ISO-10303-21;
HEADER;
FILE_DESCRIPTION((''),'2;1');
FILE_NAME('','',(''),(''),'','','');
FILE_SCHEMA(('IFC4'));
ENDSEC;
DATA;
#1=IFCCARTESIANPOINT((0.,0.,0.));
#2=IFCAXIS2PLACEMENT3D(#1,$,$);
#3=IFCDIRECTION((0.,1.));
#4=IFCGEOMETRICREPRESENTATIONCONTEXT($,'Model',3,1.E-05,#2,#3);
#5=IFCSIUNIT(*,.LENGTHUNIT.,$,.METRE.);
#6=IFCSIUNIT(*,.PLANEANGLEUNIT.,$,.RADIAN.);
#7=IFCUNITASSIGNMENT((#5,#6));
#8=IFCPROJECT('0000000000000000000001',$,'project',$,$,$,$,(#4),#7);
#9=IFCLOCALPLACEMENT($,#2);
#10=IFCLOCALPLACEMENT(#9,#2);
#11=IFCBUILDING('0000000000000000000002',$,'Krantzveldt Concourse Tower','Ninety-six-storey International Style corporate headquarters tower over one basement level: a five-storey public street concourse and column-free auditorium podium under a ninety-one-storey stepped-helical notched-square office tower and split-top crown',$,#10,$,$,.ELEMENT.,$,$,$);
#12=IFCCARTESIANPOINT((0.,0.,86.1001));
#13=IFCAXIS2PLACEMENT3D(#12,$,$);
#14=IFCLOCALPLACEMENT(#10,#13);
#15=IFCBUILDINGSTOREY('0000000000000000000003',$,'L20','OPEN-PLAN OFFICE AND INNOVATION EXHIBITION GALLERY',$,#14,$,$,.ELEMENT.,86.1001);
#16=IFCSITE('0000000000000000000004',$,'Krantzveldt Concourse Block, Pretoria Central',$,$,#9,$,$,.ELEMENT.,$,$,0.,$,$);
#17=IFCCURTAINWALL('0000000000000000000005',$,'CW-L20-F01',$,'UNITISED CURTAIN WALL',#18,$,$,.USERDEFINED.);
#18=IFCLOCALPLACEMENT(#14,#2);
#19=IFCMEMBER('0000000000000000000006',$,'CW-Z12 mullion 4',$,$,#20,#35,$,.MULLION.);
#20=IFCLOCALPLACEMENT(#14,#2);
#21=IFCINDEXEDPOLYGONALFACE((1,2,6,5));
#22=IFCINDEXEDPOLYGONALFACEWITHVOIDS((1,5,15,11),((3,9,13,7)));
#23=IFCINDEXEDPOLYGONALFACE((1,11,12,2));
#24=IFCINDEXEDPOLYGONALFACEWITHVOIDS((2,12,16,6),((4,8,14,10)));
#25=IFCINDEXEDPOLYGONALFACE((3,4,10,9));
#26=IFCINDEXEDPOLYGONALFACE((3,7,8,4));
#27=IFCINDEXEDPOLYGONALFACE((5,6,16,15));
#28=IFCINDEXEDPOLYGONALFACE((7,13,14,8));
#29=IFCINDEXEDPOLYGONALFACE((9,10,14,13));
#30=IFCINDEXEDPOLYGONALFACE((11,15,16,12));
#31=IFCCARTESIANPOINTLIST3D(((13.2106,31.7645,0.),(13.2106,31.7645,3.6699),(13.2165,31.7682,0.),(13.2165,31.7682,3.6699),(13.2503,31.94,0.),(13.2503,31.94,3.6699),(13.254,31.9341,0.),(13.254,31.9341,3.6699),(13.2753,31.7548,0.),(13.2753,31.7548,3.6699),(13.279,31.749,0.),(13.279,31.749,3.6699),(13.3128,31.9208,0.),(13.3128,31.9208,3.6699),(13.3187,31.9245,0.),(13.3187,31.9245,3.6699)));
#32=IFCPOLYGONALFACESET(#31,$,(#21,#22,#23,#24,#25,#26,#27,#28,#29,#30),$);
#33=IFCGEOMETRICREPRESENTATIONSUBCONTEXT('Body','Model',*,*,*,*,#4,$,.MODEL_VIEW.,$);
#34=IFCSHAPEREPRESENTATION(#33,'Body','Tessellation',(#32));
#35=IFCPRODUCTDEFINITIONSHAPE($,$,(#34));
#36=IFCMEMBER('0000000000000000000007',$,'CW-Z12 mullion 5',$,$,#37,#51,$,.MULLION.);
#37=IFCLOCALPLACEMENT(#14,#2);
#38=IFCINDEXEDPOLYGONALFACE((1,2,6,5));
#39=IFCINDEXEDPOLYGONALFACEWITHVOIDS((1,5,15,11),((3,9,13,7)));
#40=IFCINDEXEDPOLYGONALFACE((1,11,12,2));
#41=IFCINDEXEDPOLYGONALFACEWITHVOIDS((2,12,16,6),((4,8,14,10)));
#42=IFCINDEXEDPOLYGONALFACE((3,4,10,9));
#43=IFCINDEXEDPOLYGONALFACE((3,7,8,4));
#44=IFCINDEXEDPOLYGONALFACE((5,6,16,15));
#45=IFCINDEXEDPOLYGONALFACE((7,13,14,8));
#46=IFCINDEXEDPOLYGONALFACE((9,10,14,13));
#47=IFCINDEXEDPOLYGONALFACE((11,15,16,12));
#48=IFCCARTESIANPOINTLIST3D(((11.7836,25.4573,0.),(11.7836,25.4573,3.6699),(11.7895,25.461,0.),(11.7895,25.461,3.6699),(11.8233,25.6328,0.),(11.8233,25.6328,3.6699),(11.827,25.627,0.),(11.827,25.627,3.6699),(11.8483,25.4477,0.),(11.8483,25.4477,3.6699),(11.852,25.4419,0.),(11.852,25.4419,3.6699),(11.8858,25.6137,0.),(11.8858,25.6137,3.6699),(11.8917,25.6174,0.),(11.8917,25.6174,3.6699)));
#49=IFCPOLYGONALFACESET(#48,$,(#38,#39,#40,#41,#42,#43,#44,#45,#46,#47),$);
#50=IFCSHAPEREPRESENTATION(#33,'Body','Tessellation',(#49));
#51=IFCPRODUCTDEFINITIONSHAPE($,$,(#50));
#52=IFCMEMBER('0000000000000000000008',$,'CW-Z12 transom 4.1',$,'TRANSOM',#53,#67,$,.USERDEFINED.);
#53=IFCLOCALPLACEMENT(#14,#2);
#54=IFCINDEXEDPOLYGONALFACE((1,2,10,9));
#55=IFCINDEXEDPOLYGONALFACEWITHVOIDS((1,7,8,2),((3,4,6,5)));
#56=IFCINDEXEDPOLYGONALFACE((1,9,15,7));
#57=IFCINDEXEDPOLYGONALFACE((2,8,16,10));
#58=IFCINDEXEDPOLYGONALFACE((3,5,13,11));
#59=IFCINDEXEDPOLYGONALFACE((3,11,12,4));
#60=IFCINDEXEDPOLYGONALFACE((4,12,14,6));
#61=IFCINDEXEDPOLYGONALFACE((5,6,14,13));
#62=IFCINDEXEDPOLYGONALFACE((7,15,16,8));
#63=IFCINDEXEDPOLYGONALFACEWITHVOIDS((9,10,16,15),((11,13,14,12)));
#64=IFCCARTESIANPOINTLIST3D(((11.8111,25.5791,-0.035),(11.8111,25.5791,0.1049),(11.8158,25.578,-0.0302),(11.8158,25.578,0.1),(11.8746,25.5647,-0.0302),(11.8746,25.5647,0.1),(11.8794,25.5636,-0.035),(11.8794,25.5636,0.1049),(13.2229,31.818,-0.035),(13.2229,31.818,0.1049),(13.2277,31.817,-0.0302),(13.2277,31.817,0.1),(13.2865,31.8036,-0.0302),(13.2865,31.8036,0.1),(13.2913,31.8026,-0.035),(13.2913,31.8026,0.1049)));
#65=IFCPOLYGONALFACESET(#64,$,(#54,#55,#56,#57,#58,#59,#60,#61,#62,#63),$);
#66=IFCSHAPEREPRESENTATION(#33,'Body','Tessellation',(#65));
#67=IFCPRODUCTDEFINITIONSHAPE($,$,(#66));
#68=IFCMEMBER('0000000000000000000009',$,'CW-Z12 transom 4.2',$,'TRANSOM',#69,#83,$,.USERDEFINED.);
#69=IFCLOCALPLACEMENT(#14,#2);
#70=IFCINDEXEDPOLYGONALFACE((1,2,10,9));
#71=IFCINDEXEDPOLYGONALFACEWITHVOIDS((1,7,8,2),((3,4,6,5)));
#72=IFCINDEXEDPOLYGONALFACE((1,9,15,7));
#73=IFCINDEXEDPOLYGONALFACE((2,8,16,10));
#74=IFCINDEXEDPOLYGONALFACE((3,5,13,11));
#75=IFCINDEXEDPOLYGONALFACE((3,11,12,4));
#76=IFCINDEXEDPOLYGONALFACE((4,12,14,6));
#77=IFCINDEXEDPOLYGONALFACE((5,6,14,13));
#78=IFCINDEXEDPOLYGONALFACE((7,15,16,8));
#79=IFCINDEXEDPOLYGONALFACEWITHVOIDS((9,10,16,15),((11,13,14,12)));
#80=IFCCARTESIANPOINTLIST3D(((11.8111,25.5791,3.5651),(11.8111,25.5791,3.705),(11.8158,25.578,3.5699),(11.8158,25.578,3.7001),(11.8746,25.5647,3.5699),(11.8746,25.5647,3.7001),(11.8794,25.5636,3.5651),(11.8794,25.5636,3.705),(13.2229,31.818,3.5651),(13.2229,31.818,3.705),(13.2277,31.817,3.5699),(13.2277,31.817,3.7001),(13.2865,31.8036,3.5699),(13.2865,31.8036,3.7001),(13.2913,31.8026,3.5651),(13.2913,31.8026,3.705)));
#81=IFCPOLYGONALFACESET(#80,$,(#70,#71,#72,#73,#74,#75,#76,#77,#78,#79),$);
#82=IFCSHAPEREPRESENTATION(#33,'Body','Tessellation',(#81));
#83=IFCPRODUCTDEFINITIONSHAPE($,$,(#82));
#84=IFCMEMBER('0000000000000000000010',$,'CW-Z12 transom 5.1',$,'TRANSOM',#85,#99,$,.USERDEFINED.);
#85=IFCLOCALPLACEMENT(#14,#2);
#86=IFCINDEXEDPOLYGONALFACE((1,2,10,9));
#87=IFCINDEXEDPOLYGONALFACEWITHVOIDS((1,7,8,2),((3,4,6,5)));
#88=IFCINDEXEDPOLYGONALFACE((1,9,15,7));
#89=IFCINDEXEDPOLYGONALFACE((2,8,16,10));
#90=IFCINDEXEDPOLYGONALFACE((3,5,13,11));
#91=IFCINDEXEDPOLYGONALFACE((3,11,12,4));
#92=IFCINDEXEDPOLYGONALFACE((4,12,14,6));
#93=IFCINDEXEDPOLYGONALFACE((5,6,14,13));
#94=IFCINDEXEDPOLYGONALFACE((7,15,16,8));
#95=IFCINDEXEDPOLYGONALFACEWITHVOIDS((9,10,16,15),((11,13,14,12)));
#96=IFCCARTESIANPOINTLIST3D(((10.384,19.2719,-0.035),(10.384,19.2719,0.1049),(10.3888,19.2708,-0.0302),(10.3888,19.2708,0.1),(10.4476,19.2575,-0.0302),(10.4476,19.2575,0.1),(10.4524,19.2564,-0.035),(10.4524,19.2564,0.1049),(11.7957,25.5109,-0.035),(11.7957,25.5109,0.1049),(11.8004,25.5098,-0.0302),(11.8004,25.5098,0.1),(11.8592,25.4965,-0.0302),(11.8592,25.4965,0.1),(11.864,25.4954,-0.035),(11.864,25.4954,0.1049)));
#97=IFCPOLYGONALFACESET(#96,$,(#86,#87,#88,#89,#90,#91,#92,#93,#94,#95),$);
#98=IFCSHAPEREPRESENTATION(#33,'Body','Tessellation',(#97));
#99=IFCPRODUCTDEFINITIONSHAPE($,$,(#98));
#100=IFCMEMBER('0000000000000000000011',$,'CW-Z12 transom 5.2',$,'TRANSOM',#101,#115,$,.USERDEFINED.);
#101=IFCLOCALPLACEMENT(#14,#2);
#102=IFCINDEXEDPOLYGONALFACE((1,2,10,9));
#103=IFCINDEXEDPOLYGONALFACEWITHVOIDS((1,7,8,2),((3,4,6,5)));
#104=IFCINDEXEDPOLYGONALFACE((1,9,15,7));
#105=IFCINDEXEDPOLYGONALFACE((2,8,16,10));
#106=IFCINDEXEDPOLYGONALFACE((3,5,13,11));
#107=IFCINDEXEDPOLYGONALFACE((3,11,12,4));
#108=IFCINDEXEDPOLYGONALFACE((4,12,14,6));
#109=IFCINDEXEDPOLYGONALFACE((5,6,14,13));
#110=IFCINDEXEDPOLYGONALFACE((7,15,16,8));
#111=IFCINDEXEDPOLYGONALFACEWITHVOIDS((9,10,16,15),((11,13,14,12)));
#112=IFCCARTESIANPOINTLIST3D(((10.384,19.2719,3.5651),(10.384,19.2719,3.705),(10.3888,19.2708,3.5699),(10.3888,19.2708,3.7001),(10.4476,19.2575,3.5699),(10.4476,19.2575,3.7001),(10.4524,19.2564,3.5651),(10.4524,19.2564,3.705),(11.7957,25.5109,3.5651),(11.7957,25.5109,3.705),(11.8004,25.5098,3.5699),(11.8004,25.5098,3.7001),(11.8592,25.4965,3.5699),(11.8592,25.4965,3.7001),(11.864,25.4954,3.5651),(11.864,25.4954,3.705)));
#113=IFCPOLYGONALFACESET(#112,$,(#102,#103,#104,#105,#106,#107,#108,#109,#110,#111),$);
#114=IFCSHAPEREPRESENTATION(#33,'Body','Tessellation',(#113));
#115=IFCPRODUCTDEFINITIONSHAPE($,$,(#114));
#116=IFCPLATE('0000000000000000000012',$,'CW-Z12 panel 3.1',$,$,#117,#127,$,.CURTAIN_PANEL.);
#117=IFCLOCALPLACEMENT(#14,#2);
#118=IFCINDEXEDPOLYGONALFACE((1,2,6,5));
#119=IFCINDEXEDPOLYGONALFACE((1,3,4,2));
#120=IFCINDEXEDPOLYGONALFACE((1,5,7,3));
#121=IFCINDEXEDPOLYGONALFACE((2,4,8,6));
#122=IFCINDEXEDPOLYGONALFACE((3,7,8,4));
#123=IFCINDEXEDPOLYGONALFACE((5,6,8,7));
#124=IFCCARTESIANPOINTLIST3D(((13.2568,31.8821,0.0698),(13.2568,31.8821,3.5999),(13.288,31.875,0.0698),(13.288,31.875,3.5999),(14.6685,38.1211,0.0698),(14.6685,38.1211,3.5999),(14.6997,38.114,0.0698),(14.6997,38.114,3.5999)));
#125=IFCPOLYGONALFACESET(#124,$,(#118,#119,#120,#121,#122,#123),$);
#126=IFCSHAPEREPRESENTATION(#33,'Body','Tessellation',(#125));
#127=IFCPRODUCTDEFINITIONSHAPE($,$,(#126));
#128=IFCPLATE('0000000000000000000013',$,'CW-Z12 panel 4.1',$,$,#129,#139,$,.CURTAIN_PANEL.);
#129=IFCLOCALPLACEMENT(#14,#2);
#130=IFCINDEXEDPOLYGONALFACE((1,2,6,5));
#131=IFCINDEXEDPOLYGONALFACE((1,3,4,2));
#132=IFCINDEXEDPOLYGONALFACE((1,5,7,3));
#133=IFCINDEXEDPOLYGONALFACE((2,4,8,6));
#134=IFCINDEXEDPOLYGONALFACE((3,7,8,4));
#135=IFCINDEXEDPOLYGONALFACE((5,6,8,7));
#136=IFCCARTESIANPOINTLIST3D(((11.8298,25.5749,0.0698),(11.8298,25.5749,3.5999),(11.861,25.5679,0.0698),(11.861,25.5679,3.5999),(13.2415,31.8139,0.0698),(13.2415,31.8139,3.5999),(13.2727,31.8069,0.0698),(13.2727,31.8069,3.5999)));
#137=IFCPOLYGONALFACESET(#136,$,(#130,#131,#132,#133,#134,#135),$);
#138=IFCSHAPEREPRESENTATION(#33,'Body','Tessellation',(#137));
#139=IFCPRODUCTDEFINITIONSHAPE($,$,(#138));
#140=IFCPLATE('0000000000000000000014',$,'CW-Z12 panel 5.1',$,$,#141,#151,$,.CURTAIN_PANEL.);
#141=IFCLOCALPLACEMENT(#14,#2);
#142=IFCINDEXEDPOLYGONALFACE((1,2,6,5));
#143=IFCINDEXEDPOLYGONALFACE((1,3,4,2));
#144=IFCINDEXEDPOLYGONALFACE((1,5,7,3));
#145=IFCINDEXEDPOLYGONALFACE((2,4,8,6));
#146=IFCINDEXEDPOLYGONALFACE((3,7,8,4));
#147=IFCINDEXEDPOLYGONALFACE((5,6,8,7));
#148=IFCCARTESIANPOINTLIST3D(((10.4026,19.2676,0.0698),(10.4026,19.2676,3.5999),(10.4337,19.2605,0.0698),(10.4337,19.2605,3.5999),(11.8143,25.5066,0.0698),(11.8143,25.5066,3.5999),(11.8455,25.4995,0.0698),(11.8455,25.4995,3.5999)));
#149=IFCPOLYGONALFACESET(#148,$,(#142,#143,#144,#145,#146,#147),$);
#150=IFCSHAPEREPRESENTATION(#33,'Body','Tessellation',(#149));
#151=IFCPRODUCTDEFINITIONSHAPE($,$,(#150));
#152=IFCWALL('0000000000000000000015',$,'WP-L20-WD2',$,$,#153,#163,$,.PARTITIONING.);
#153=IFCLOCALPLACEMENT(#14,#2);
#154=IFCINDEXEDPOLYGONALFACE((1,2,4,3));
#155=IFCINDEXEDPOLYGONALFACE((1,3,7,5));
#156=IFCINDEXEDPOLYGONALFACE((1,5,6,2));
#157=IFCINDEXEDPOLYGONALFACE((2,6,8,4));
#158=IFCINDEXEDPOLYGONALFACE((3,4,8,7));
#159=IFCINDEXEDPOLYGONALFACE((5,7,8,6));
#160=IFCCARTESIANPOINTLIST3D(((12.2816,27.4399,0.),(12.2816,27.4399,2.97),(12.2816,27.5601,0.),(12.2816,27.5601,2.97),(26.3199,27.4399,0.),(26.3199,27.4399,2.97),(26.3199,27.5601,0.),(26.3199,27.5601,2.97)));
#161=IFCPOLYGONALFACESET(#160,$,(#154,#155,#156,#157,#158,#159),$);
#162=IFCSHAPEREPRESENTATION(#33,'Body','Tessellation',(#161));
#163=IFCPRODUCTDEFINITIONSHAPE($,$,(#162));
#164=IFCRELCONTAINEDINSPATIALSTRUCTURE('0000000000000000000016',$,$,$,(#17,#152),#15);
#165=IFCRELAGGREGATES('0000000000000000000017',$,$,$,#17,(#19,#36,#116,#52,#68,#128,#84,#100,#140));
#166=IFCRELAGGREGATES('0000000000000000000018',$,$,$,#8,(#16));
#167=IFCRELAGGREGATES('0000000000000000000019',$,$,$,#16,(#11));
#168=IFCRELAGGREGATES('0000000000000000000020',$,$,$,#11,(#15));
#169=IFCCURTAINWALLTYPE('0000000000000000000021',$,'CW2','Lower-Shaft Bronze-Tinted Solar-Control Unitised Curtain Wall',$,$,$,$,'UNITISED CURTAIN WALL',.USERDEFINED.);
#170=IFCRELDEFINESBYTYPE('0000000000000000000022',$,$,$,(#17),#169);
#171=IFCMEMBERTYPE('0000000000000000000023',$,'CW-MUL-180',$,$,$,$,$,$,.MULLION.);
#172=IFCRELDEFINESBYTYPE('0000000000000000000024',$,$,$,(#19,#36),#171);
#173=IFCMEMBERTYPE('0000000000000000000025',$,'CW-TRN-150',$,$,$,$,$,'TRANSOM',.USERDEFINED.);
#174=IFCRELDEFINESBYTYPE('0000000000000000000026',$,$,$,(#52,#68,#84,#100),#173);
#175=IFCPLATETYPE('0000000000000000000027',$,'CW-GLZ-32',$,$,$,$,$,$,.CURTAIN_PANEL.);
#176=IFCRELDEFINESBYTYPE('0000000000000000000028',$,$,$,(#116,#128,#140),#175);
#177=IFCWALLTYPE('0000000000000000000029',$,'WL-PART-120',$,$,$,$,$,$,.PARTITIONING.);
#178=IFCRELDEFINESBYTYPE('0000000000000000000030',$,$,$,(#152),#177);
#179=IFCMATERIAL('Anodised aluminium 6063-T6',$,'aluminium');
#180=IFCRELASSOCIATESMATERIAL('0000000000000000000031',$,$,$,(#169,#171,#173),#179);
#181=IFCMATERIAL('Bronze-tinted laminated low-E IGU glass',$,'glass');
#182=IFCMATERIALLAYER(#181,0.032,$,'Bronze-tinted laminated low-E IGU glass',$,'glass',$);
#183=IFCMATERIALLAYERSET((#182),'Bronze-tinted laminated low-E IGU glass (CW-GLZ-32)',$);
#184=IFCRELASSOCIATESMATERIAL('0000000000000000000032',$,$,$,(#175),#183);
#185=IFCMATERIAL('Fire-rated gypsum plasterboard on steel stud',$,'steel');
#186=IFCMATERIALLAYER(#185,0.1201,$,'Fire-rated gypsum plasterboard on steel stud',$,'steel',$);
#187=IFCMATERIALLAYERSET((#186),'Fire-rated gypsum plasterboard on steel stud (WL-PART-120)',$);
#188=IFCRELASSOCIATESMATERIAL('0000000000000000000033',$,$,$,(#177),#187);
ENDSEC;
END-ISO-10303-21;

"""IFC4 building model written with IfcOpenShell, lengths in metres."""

from ifc_helpers import new_model, si_unit, direction, frame, frame_2d, origin, origin_2d, place, context, subcontext, project, spatial, rectangle, hollow_rectangle, extrude, source, transform, mapped, material, layer, layer_set, material_profile, profile_set, type_object, type_shapes, element, aggregate, save


model = new_model("IFC4")

# Units and contexts
model_context = context("Model", 3, precision=1e-05, world=origin(), true_north=direction((0.0, 1.0)))
body_context = subcontext(model_context, "Body", "Model", "MODEL_VIEW")
ifc_project = project(units=[si_unit("LENGTHUNIT", "METRE"), si_unit("PLANEANGLEUNIT", "RADIAN")], contexts=[model_context])

# Site, building, storey
site_placement = place(None, origin())
site = spatial("IfcSite", under=ifc_project, at=site_placement, Name="Krantzveldt Concourse Block, Pretoria Central", CompositionType="ELEMENT", RefElevation=0.0)
building_placement = place(site_placement, origin())
building = spatial("IfcBuilding", under=site, at=building_placement, Name="Krantzveldt Concourse Tower", Description="Ninety-six-storey International Style corporate headquarters tower over one basement level: a five-storey public street concourse and column-free auditorium podium under a ninety-one-storey stepped-helical notched-square office tower and split-top crown", CompositionType="ELEMENT")
storey_placement = place(building_placement, frame((0.0, 0.0, 86.1001)))
storey = spatial("IfcBuildingStorey", under=building, at=storey_placement, Name="L20", Description="OPEN-PLAN OFFICE AND INNOVATION EXHIBITION GALLERY", CompositionType="ELEMENT", Elevation=86.1001)

# Curtain wall, members, plates
ifc_material_1 = material(Name="Anodised aluminium 6063-T6", Category="aluminium")
curtain_wall_type = type_object("IfcCurtainWallType", Name="CW2", Description="Lower-Shaft Bronze-Tinted Solar-Control Unitised Curtain Wall", ElementType="UNITISED CURTAIN WALL", PredefinedType="USERDEFINED", material=ifc_material_1)
curtain_wall_placement = place(storey_placement, origin())
curtain_wall = element("IfcCurtainWall", 1, at=curtain_wall_placement, inside=storey, type_object=curtain_wall_type, Name="CW-L20-F01", ObjectType="UNITISED CURTAIN WALL", PredefinedType="USERDEFINED")
ifc_material_profile_1 = material_profile(ifc_material_1, hollow_rectangle(XDim=0.0701, YDim=0.1799, WallThickness=0.0049, at=origin_2d()), Name="Anodised aluminium 6063-T6", Category="aluminium")
ifc_profile_set_1 = profile_set([ifc_material_profile_1], Name="Anodised aluminium 6063-T6 - ALU-MULL 180x70x5")
member_type_1 = type_object("IfcMemberType", Name="CW-MUL-180", PredefinedType="MULLION", material=ifc_profile_set_1)
shared_shape_1 = source(origin(), body_context, "Body", "SweptSolid", [
    extrude(hollow_rectangle(XDim=0.0701, YDim=0.1799, WallThickness=0.0049, at=origin_2d()), origin(), (0.0, 0.0, 1.0), 3.6699),
])
type_shapes(member_type_1, [shared_shape_1])
member_1_placement = place(storey_placement, frame((13.2646, 31.8445, 0.0), z_axis=(0.0, 0.0, 1.0), x_axis=(0.975342, -0.220697, 0.0)))
member_1 = element("IfcMember", 2, at=member_1_placement, type_object=member_type_1, Name="CW-Z12 mullion 4", PredefinedType="MULLION", context=body_context, shape_type="MappedRepresentation", body=[
    mapped(shared_shape_1, transform((0.0, 0.0, 0.0), x_axis=(1.0, 0.0, 0.0), y_axis=(0.0, 1.0, 0.0), z_axis=(0.0, 0.0, 1.0), scale=1.0)),
])
member_2_placement = place(storey_placement, frame((11.8376, 25.5374, 0.0), z_axis=(0.0, 0.0, 1.0), x_axis=(0.975342, -0.220697, 0.0)))
member_2 = element("IfcMember", 3, at=member_2_placement, type_object=member_type_1, Name="CW-Z12 mullion 5", PredefinedType="MULLION", context=body_context, shape_type="MappedRepresentation", body=[
    mapped(shared_shape_1, transform((0.0, 0.0, 0.0), x_axis=(1.0, 0.0, 0.0), y_axis=(0.0, 1.0, 0.0), z_axis=(0.0, 0.0, 1.0), scale=1.0)),
])
ifc_material_profile_2 = material_profile(ifc_material_1, hollow_rectangle(XDim=0.0701, YDim=0.1399, WallThickness=0.0049, at=origin_2d()), Name="Anodised aluminium 6063-T6", Category="aluminium")
ifc_profile_set_2 = profile_set([ifc_material_profile_2], Name="Anodised aluminium 6063-T6 - ALU-TRAN 140x70x5")
member_type_2 = type_object("IfcMemberType", Name="CW-TRN-150", ElementType="TRANSOM", PredefinedType="USERDEFINED", material=ifc_profile_set_2)
shared_shape_2 = source(origin(), body_context, "Body", "SweptSolid", [
    extrude(hollow_rectangle(XDim=0.0701, YDim=0.1399, WallThickness=0.0049, at=origin_2d()), origin(), (0.0, 0.0, 1.0), 6.3967),
])
type_shapes(member_type_2, [shared_shape_2])
member_3_placement = place(storey_placement, frame((13.2571, 31.8103, 0.0349), z_axis=(-0.220715, -0.975338, 0.0), x_axis=(0.975338, -0.220715, 0.0)))
member_3 = element("IfcMember", 4, at=member_3_placement, type_object=member_type_2, Name="CW-Z12 transom 4.1", ObjectType="TRANSOM", PredefinedType="USERDEFINED", context=body_context, shape_type="MappedRepresentation", body=[
    mapped(shared_shape_2, transform((0.0, 0.0, 0.0), x_axis=(1.0, 0.0, 0.0), y_axis=(0.0, 1.0, 0.0), z_axis=(0.0, 0.0, 1.0), scale=1.0)),
])
member_4_placement = place(storey_placement, frame((13.2571, 31.8103, 3.635), z_axis=(-0.220715, -0.975338, 0.0), x_axis=(0.975338, -0.220715, 0.0)))
member_4 = element("IfcMember", 5, at=member_4_placement, type_object=member_type_2, Name="CW-Z12 transom 4.2", ObjectType="TRANSOM", PredefinedType="USERDEFINED", context=body_context, shape_type="MappedRepresentation", body=[
    mapped(shared_shape_2, transform((0.0, 0.0, 0.0), x_axis=(1.0, 0.0, 0.0), y_axis=(0.0, 1.0, 0.0), z_axis=(0.0, 0.0, 1.0), scale=1.0)),
])
member_5_placement = place(storey_placement, frame((11.8298, 25.5032, 0.0349), z_axis=(-0.220679, -0.975346, 0.0), x_axis=(0.975346, -0.220679, 0.0)))
member_5 = element("IfcMember", 6, at=member_5_placement, type_object=member_type_2, Name="CW-Z12 transom 5.1", ObjectType="TRANSOM", PredefinedType="USERDEFINED", context=body_context, shape_type="MappedRepresentation", body=[
    mapped(shared_shape_2, transform((0.0, 0.0, 0.0), x_axis=(1.0, 0.0, 0.0), y_axis=(0.0, 1.0, 0.0), z_axis=(0.0, 0.0, 1.0), scale=1.0)),
])
member_6_placement = place(storey_placement, frame((11.8298, 25.5032, 3.635), z_axis=(-0.220679, -0.975346, 0.0), x_axis=(0.975346, -0.220679, 0.0)))
member_6 = element("IfcMember", 7, at=member_6_placement, type_object=member_type_2, Name="CW-Z12 transom 5.2", ObjectType="TRANSOM", PredefinedType="USERDEFINED", context=body_context, shape_type="MappedRepresentation", body=[
    mapped(shared_shape_2, transform((0.0, 0.0, 0.0), x_axis=(1.0, 0.0, 0.0), y_axis=(0.0, 1.0, 0.0), z_axis=(0.0, 0.0, 1.0), scale=1.0)),
])
ifc_material_2 = material(Name="Bronze-tinted laminated low-E IGU glass", Category="glass")
ifc_layer_1 = layer(ifc_material_2, 0.032, Name="Bronze-tinted laminated low-E IGU glass", Category="glass")
ifc_layer_set_1 = layer_set([ifc_layer_1], Name="Bronze-tinted laminated low-E IGU glass (CW-GLZ-32)")
plate_type = type_object("IfcPlateType", Name="CW-GLZ-32", PredefinedType="CURTAIN_PANEL", material=ifc_layer_set_1)
shared_shape_3 = source(origin(), body_context, "Body", "SweptSolid", [
    extrude(rectangle(XDim=6.3967, YDim=0.032, at=origin_2d()), origin(), (0.0, 0.0, 1.0), 3.53),
])
type_shapes(plate_type, [shared_shape_3])
plate_1_placement = place(storey_placement, frame((13.9783, 34.998, 0.0698), z_axis=(0.0, 0.0, 1.0), x_axis=(-0.220697, -0.975342, 0.0)))
plate_1 = element("IfcPlate", 8, at=plate_1_placement, type_object=plate_type, Name="CW-Z12 panel 3.1", PredefinedType="CURTAIN_PANEL", context=body_context, shape_type="MappedRepresentation", body=[
    mapped(shared_shape_3, transform((0.0, 0.0, 0.0), x_axis=(1.0, 0.0, 0.0), y_axis=(0.0, 1.0, 0.0), z_axis=(0.0, 0.0, 1.0), scale=1.0)),
])
plate_2_placement = place(storey_placement, frame((12.5513, 28.6909, 0.0698), z_axis=(0.0, 0.0, 1.0), x_axis=(-0.220697, -0.975342, 0.0)))
plate_2 = element("IfcPlate", 9, at=plate_2_placement, type_object=plate_type, Name="CW-Z12 panel 4.1", PredefinedType="CURTAIN_PANEL", context=body_context, shape_type="MappedRepresentation", body=[
    mapped(shared_shape_3, transform((0.0, 0.0, 0.0), x_axis=(1.0, 0.0, 0.0), y_axis=(0.0, 1.0, 0.0), z_axis=(0.0, 0.0, 1.0), scale=1.0)),
])
plate_3_placement = place(storey_placement, frame((11.124, 22.3835, 0.0698), z_axis=(0.0, 0.0, 1.0), x_axis=(-0.220697, -0.975342, 0.0)))
plate_3 = element("IfcPlate", 10, at=plate_3_placement, type_object=plate_type, Name="CW-Z12 panel 5.1", PredefinedType="CURTAIN_PANEL", context=body_context, shape_type="MappedRepresentation", body=[
    mapped(shared_shape_3, transform((0.0, 0.0, 0.0), x_axis=(1.0, 0.0, 0.0), y_axis=(0.0, 1.0, 0.0), z_axis=(0.0, 0.0, 1.0), scale=1.0)),
])
aggregate(curtain_wall, [member_1, member_2, plate_1, member_3, member_4, plate_2, member_5, member_6, plate_3])

# Wall
ifc_material_3 = material(Name="Fire-rated gypsum plasterboard on steel stud", Category="steel")
ifc_layer_2 = layer(ifc_material_3, 0.1201, Name="Fire-rated gypsum plasterboard on steel stud", Category="steel")
ifc_layer_set_2 = layer_set([ifc_layer_2], Name="Fire-rated gypsum plasterboard on steel stud (WL-PART-120)")
wall_type = type_object("IfcWallType", Name="WL-PART-120", PredefinedType="PARTITIONING", material=ifc_layer_set_2)
wall_placement = place(storey_placement, frame((12.2817, 27.5, 0.0), z_axis=(0.0, 0.0, 1.0), x_axis=(1.0, 0.0, 0.0)))
element("IfcWall", 11, at=wall_placement, inside=storey, type_object=wall_type, Name="WP-L20-WD2", PredefinedType="PARTITIONING", context=body_context, shape_type="SweptSolid", body=[
    extrude(rectangle(XDim=14.0383, YDim=0.1201, at=frame_2d((7.019, 0.0))), origin(), (0.0, 0.0, 1.0), 2.97),
])

save(model, "model.ifc")
